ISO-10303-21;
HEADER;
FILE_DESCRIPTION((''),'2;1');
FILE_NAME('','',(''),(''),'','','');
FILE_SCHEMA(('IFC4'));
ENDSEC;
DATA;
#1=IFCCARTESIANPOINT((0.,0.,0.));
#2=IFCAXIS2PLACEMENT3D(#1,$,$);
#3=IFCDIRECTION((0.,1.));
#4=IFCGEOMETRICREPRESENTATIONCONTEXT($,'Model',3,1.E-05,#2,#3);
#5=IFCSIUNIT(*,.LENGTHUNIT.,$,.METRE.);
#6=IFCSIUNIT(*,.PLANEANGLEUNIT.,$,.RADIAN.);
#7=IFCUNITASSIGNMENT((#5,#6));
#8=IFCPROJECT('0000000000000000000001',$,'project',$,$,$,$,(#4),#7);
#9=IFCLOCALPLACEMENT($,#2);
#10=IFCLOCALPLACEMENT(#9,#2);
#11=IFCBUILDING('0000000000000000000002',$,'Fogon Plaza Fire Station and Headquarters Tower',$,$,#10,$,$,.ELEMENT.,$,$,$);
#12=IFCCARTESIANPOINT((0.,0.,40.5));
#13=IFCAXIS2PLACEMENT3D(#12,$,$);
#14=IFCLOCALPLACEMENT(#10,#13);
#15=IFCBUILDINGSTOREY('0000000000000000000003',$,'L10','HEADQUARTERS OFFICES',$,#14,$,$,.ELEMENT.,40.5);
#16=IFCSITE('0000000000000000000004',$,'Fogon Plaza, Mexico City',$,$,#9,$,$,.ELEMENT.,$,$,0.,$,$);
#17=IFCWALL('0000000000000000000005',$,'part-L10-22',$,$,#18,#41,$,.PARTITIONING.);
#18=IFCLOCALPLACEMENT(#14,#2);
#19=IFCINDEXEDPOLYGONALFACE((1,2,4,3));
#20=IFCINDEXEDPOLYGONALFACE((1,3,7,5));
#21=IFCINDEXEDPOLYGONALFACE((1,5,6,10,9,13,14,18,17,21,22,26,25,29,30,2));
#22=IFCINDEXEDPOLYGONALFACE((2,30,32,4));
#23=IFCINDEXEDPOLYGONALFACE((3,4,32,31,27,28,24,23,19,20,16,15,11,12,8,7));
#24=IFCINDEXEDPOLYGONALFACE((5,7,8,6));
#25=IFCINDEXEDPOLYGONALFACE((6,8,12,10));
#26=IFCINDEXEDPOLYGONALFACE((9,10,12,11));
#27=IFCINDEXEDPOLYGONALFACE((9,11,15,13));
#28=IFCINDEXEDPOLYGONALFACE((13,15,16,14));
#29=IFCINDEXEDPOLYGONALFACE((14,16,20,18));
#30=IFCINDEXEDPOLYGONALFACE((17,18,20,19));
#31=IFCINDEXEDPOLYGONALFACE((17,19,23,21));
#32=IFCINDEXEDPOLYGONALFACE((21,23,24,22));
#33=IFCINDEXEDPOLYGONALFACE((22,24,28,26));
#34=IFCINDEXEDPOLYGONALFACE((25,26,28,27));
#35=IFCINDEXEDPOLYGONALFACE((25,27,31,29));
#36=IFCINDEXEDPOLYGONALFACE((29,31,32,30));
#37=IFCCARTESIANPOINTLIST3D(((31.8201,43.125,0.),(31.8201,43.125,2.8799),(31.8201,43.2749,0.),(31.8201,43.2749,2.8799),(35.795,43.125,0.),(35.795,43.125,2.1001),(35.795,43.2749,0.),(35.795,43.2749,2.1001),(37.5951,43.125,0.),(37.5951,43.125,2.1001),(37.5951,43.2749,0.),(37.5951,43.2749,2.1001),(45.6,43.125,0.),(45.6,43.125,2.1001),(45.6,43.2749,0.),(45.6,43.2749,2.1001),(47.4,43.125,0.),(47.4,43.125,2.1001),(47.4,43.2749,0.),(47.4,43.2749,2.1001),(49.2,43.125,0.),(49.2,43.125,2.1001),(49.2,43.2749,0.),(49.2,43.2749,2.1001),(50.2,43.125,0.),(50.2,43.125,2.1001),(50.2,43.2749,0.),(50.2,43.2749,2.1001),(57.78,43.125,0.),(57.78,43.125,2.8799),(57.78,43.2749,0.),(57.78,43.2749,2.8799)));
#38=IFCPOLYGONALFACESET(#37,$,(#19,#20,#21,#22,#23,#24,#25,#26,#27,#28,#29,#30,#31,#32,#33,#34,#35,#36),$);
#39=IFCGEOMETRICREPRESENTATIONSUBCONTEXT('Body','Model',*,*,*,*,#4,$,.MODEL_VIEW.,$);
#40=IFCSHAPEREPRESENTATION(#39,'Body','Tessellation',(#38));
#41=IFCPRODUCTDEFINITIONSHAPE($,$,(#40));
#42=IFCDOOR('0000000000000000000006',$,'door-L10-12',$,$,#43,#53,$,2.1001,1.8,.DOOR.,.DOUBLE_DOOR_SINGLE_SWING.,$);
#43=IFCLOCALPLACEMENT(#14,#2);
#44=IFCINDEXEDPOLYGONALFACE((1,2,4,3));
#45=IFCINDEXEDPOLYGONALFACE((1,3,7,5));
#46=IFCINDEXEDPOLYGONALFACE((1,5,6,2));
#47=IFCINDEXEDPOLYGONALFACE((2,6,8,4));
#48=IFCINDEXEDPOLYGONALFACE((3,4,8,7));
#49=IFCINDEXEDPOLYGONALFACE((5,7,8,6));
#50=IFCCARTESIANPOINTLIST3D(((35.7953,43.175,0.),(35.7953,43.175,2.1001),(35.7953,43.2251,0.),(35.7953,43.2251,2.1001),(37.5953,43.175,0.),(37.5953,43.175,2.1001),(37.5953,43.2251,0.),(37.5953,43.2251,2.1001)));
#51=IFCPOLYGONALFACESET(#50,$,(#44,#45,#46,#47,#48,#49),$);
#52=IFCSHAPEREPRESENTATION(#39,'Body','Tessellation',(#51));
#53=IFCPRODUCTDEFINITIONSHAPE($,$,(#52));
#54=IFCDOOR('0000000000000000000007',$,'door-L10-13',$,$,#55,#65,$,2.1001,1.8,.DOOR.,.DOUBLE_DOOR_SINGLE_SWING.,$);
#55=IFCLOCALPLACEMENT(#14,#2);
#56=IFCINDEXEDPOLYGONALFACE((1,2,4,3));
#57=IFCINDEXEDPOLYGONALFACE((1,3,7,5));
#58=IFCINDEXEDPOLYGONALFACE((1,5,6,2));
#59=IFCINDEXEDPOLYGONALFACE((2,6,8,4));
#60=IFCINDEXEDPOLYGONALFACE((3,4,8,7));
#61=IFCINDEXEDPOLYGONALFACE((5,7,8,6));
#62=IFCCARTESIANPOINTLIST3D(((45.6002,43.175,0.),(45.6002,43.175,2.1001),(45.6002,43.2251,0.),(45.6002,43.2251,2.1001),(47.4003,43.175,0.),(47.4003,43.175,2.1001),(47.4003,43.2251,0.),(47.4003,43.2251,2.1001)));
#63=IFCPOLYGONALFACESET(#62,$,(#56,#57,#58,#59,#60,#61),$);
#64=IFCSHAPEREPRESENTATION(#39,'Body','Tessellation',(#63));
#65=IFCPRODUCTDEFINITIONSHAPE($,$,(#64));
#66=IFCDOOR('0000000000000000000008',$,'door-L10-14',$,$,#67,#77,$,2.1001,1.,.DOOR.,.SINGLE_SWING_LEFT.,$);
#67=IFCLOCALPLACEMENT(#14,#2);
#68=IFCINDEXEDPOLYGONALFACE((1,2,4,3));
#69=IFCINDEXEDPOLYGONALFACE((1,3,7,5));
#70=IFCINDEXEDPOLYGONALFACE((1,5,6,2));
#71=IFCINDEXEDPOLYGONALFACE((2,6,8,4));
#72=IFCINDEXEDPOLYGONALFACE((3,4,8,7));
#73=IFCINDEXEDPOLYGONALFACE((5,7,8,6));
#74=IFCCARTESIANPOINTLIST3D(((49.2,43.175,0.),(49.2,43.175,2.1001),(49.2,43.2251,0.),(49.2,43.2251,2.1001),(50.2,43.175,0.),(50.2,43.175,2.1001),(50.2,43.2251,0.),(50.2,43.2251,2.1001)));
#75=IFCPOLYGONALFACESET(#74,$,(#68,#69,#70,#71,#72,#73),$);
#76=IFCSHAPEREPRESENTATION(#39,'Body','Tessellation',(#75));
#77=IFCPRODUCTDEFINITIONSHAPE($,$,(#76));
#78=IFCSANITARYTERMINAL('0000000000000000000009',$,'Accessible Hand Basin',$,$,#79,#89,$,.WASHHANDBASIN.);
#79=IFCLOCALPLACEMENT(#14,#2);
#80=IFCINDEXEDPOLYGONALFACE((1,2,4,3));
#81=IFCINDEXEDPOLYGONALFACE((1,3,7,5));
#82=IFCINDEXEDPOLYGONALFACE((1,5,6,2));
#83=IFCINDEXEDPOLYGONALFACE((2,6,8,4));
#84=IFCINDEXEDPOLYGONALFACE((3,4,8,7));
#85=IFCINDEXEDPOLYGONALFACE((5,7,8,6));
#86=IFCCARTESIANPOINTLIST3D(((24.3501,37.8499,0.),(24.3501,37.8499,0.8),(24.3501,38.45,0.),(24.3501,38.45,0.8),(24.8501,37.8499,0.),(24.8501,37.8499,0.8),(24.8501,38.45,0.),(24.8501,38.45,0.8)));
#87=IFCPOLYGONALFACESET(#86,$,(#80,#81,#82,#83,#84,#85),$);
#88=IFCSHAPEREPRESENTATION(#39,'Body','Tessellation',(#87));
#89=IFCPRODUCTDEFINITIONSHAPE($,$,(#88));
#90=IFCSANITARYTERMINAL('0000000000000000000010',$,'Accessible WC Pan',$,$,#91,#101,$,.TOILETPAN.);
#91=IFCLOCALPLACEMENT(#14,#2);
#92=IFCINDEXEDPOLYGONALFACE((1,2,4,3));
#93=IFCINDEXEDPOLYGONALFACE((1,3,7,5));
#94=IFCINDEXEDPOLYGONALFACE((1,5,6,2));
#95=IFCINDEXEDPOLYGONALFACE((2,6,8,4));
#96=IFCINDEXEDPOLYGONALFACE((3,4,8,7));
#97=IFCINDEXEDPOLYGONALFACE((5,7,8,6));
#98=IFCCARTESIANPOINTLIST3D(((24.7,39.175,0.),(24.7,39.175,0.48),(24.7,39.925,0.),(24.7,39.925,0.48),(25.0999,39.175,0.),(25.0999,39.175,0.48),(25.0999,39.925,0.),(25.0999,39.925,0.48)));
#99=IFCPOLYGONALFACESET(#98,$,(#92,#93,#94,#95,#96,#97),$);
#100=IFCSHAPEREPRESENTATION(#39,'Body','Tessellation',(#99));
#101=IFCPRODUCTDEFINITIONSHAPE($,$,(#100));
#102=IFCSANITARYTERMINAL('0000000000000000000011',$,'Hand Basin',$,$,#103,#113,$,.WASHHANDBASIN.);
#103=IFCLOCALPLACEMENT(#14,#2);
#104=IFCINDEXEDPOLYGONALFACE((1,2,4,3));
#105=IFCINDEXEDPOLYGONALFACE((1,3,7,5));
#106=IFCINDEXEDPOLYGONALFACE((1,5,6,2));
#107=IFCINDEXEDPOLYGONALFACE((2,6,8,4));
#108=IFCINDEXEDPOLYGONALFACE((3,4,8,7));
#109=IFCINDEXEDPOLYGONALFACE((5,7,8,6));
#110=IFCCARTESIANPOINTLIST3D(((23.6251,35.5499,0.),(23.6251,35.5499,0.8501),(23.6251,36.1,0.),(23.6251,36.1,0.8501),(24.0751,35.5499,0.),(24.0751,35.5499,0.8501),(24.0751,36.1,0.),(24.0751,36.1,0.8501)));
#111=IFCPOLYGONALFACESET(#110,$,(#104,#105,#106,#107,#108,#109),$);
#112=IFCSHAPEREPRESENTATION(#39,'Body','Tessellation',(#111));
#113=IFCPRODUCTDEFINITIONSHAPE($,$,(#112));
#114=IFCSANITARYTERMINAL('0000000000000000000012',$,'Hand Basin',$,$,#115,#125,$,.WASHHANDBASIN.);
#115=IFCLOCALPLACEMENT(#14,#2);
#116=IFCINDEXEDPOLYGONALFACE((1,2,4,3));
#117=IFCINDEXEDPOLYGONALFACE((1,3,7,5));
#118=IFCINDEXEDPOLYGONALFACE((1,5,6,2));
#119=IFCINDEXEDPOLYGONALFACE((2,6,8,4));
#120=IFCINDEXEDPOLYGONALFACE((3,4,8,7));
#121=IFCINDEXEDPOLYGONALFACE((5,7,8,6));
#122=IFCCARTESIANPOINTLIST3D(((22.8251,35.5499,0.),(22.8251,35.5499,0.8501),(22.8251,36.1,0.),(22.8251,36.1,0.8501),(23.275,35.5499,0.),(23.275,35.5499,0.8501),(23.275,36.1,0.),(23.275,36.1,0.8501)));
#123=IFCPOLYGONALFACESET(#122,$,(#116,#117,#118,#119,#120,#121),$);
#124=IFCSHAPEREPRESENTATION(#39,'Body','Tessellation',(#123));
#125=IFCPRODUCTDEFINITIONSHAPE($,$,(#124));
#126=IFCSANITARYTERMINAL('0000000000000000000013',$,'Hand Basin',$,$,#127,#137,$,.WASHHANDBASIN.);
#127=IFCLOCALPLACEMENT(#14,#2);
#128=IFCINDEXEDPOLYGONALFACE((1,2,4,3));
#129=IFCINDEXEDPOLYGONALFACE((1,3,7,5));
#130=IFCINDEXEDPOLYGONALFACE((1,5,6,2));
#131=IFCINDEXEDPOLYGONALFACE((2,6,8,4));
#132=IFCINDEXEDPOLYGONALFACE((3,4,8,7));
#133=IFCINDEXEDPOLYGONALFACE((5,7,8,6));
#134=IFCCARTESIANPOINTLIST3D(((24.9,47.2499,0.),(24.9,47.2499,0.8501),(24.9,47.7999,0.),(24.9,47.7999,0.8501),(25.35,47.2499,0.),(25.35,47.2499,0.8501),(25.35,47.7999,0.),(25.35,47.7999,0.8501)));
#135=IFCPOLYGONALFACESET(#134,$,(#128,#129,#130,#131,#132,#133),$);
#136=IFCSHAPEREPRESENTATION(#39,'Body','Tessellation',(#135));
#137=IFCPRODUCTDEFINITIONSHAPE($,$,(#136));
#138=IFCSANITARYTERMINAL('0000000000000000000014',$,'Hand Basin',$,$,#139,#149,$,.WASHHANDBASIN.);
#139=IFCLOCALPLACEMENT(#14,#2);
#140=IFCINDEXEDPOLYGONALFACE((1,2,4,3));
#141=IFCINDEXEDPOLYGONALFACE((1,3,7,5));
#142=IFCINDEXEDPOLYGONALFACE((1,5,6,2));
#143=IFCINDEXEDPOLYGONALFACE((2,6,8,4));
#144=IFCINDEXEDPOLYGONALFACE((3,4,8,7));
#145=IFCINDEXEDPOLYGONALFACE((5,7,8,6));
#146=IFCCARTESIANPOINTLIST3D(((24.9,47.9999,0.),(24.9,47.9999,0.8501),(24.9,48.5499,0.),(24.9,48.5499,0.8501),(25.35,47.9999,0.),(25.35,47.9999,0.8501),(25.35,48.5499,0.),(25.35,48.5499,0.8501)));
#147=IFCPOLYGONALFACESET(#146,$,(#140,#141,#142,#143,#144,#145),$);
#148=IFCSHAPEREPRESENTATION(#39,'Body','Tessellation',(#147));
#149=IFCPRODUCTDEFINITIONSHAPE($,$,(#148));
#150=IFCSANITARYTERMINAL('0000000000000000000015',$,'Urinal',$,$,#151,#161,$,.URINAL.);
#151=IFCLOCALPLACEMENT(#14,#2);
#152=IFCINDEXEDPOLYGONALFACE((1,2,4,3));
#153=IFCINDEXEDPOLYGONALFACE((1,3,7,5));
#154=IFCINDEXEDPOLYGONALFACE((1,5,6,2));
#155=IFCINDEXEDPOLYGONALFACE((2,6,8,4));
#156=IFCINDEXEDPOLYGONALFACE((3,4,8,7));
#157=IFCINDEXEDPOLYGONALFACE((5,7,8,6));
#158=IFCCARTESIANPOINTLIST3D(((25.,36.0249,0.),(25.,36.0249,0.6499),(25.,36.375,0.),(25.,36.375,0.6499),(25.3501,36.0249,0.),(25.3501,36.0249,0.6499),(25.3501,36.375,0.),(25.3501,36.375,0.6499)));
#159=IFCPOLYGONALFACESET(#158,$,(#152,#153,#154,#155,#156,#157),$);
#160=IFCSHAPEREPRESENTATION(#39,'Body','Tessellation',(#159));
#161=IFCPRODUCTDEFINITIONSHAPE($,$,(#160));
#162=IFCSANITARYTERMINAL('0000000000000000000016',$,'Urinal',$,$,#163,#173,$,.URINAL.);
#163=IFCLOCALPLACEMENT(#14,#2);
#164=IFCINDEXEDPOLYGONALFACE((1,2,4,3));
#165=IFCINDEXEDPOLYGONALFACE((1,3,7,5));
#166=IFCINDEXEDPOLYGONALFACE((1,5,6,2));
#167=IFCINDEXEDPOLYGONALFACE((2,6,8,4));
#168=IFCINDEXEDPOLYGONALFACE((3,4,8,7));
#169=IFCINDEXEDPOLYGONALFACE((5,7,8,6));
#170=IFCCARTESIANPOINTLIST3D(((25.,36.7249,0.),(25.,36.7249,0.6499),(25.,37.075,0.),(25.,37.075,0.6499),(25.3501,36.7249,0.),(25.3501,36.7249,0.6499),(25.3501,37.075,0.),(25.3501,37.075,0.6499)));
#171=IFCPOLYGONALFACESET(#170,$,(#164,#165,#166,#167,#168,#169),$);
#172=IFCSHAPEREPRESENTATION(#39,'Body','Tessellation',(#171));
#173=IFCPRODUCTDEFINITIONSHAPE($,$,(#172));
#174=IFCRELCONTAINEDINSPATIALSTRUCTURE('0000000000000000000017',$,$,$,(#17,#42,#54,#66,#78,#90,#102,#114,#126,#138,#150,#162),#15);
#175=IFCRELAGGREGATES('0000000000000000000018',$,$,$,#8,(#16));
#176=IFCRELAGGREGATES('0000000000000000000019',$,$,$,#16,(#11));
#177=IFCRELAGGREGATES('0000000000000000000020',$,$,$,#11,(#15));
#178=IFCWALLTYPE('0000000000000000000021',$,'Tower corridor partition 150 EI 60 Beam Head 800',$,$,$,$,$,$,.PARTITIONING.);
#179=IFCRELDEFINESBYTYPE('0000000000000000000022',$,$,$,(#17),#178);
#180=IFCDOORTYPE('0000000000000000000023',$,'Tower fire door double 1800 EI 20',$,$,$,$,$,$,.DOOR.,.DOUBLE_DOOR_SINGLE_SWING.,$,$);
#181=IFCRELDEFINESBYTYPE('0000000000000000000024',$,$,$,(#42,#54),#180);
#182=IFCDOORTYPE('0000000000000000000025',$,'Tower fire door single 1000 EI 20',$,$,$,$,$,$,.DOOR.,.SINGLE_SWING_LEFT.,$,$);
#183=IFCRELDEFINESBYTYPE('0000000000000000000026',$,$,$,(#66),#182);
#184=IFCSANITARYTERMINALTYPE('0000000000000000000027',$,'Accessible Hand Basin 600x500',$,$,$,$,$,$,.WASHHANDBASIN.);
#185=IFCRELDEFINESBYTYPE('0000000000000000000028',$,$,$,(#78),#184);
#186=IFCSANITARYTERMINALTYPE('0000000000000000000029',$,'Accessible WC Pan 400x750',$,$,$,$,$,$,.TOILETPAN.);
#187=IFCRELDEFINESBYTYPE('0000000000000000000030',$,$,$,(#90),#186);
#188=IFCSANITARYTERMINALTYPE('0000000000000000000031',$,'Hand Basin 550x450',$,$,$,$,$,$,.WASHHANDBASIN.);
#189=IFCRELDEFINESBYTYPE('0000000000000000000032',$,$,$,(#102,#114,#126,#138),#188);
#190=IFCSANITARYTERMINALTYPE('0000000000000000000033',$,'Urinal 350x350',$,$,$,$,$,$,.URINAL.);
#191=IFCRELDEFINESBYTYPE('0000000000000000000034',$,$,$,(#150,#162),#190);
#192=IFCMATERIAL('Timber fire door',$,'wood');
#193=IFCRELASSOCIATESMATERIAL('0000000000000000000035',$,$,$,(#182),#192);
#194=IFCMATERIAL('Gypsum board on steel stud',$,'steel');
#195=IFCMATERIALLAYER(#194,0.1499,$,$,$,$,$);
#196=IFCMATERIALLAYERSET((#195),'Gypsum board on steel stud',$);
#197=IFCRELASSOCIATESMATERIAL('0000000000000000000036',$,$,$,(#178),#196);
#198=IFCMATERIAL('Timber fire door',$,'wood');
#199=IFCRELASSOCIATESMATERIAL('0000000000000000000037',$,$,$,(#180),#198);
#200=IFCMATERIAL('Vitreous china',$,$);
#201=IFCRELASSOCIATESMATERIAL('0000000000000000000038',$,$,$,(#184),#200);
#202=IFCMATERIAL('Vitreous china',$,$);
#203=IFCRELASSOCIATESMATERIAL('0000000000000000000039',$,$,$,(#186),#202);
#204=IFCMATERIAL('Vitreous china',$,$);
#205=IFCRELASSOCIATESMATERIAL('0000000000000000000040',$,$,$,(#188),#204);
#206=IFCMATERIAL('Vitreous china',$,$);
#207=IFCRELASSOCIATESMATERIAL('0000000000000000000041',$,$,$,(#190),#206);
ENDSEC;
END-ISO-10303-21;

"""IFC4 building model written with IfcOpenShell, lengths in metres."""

from ifc_helpers import new_model, si_unit, direction, frame, frame_2d, origin, origin_2d, place, context, subcontext, project, spatial, rectangle, extrude, material, layer, layer_set, type_object, element, fill, save


model = new_model("IFC4")

# Units and contexts
model_context = context("Model", 3, precision=1e-05, world=origin(), true_north=direction((0.0, 1.0)))
body_context = subcontext(model_context, "Body", "Model", "MODEL_VIEW")
ifc_project = project(units=[si_unit("LENGTHUNIT", "METRE"), si_unit("PLANEANGLEUNIT", "RADIAN")], contexts=[model_context])

# Site, building, storey
site_placement = place(None, origin())
site = spatial("IfcSite", under=ifc_project, at=site_placement, Name="Fogon Plaza, Mexico City", CompositionType="ELEMENT", RefElevation=0.0)
building_placement = place(site_placement, origin())
building = spatial("IfcBuilding", under=site, at=building_placement, Name="Fogon Plaza Fire Station and Headquarters Tower", CompositionType="ELEMENT")
storey_placement = place(building_placement, frame((0.0, 0.0, 40.5)))
storey = spatial("IfcBuildingStorey", under=building, at=storey_placement, Name="L10", Description="HEADQUARTERS OFFICES", CompositionType="ELEMENT", Elevation=40.5)

# Shared definitions
ifc_material_1 = material(Name="Timber fire door", Category="wood")
door_type_1 = type_object("IfcDoorType", Name="Tower fire door single 1000 EI 20", OperationType="SINGLE_SWING_LEFT", PredefinedType="DOOR", material=ifc_material_1)

# Wall, openings, doors
ifc_material_2 = material(Name="Gypsum board on steel stud", Category="steel")
ifc_layer_1 = layer(ifc_material_2, 0.1499)
ifc_layer_set_1 = layer_set([ifc_layer_1], Name="Gypsum board on steel stud")
wall_type_1 = type_object("IfcWallType", Name="Tower corridor partition 150 EI 60 Beam Head 800", PredefinedType="PARTITIONING", material=ifc_layer_set_1)
wall_1_placement = place(storey_placement, frame((31.8201, 43.2, 0.0), z_axis=(0.0, 0.0, 1.0), x_axis=(1.0, 0.0, 0.0)))
wall_1 = element("IfcWall", 1, at=wall_1_placement, inside=storey, type_object=wall_type_1, Name="part-L10-22", PredefinedType="PARTITIONING", context=body_context, shape_type="SweptSolid", body=[
    extrude(rectangle(XDim=25.96, YDim=0.1499, at=frame_2d((12.98, 0.0))), origin(), (0.0, 0.0, 1.0), 2.8799),
])
opening_1_placement = place(wall_1_placement, frame((3.9751, 0.0, 0.0)))
opening_1 = element("IfcOpeningElement", 2, at=opening_1_placement, cuts=wall_1, PredefinedType="OPENING", context=body_context, shape_type="SweptSolid", body=[
    extrude(rectangle(XDim=1.8, YDim=2.1001, at=frame_2d((0.8999, 1.05))), frame((0.0, 0.085, 0.0), z_axis=(0.0, -1.0, 0.0), x_axis=(1.0, 0.0, 0.0)), (0.0, 0.0, 1.0), 0.1699),
])
opening_2_placement = place(wall_1_placement, frame((13.78, 0.0, 0.0)))
opening_2 = element("IfcOpeningElement", 3, at=opening_2_placement, cuts=wall_1, PredefinedType="OPENING", context=body_context, shape_type="SweptSolid", body=[
    extrude(rectangle(XDim=1.8, YDim=2.1001, at=frame_2d((0.8999, 1.05))), frame((0.0, 0.085, 0.0), z_axis=(0.0, -1.0, 0.0), x_axis=(1.0, 0.0, 0.0)), (0.0, 0.0, 1.0), 0.1699),
])
opening_3_placement = place(wall_1_placement, frame((17.3799, 0.0, 0.0)))
opening_3 = element("IfcOpeningElement", 4, at=opening_3_placement, cuts=wall_1, PredefinedType="OPENING", context=body_context, shape_type="SweptSolid", body=[
    extrude(rectangle(XDim=1.0, YDim=2.1001, at=frame_2d((0.5, 1.05))), frame((0.0, 0.085, 0.0), z_axis=(0.0, -1.0, 0.0), x_axis=(1.0, 0.0, 0.0)), (0.0, 0.0, 1.0), 0.1699),
])
ifc_material_3 = material(Name="Timber fire door", Category="wood")
door_type_2 = type_object("IfcDoorType", Name="Tower fire door double 1800 EI 20", OperationType="DOUBLE_DOOR_SINGLE_SWING", PredefinedType="DOOR", material=ifc_material_3)
door_1_placement = place(opening_1_placement, frame((1.8, 0.0, 0.0), z_axis=(0.0, 0.0, 1.0), x_axis=(-1.0, 0.0, 0.0)))
door_1 = element("IfcDoor", 5, at=door_1_placement, inside=storey, type_object=door_type_2, Name="door-L10-12", OperationType="DOUBLE_DOOR_SINGLE_SWING", OverallHeight=2.1001, OverallWidth=1.8, PredefinedType="DOOR", context=body_context, shape_type="SweptSolid", body=[
    extrude(rectangle(XDim=1.8, YDim=2.1001, at=frame_2d((0.8999, 1.05))), frame((0.0, 0.0249, 0.0), z_axis=(0.0, -1.0, 0.0), x_axis=(1.0, 0.0, 0.0)), (0.0, 0.0, 1.0), 0.05),
])
fill(opening_1, door_1)
door_2_placement = place(opening_2_placement, frame((1.8, 0.0, 0.0), z_axis=(0.0, 0.0, 1.0), x_axis=(-1.0, 0.0, 0.0)))
door_2 = element("IfcDoor", 6, at=door_2_placement, inside=storey, type_object=door_type_2, Name="door-L10-13", OperationType="DOUBLE_DOOR_SINGLE_SWING", OverallHeight=2.1001, OverallWidth=1.8, PredefinedType="DOOR", context=body_context, shape_type="SweptSolid", body=[
    extrude(rectangle(XDim=1.8, YDim=2.1001, at=frame_2d((0.8999, 1.05))), frame((0.0, 0.0249, 0.0), z_axis=(0.0, -1.0, 0.0), x_axis=(1.0, 0.0, 0.0)), (0.0, 0.0, 1.0), 0.05),
])
fill(opening_2, door_2)
door_3_placement = place(opening_3_placement, frame((1.0, 0.0, 0.0), z_axis=(0.0, 0.0, 1.0), x_axis=(-1.0, 0.0, 0.0)))
door_3 = element("IfcDoor", 7, at=door_3_placement, inside=storey, type_object=door_type_1, Name="door-L10-14", OperationType="SINGLE_SWING_LEFT", OverallHeight=2.1001, OverallWidth=1.0, PredefinedType="DOOR", context=body_context, shape_type="SweptSolid", body=[
    extrude(rectangle(XDim=1.0, YDim=2.1001, at=frame_2d((0.5, 1.05))), frame((0.0, 0.0249, 0.0), z_axis=(0.0, -1.0, 0.0), x_axis=(1.0, 0.0, 0.0)), (0.0, 0.0, 1.0), 0.05),
])
fill(opening_3, door_3)

# Sanitary terminals
ifc_material_4 = material(Name="Vitreous china")
sanitary_terminal_type_1 = type_object("IfcSanitaryTerminalType", Name="Accessible Hand Basin 600x500", PredefinedType="WASHHANDBASIN", material=ifc_material_4)
sanitary_terminal_1_placement = place(storey_placement, frame((24.6001, 38.1499, 0.0), z_axis=(0.0, 0.0, 1.0), x_axis=(1.0, 0.0, 0.0)))
element("IfcSanitaryTerminal", 8, at=sanitary_terminal_1_placement, inside=storey, type_object=sanitary_terminal_type_1, Name="Accessible Hand Basin", PredefinedType="WASHHANDBASIN", context=body_context, shape_type="SweptSolid", body=[
    extrude(rectangle(XDim=0.5, YDim=0.6001, at=origin_2d()), origin(), (0.0, 0.0, 1.0), 0.8),
])
ifc_material_5 = material(Name="Vitreous china")
sanitary_terminal_type_2 = type_object("IfcSanitaryTerminalType", Name="Accessible WC Pan 400x750", PredefinedType="TOILETPAN", material=ifc_material_5)
sanitary_terminal_2_placement = place(storey_placement, frame((24.8999, 39.55, 0.0), z_axis=(0.0, 0.0, 1.0), x_axis=(1.0, 0.0, 0.0)))
element("IfcSanitaryTerminal", 9, at=sanitary_terminal_2_placement, inside=storey, type_object=sanitary_terminal_type_2, Name="Accessible WC Pan", PredefinedType="TOILETPAN", context=body_context, shape_type="SweptSolid", body=[
    extrude(rectangle(XDim=0.3999, YDim=0.75, at=origin_2d()), origin(), (0.0, 0.0, 1.0), 0.48),
])
ifc_material_6 = material(Name="Vitreous china")
sanitary_terminal_type_3 = type_object("IfcSanitaryTerminalType", Name="Hand Basin 550x450", PredefinedType="WASHHANDBASIN", material=ifc_material_6)
for number, where, z_axis, x_axis, name in (
    (10, (23.8501, 35.825, 0.0), (0.0, 0.0, 1.0), (1.0, 0.0, 0.0), "Hand Basin"),
    (11, (23.05, 35.825, 0.0), (0.0, 0.0, 1.0), (1.0, 0.0, 0.0), "Hand Basin"),
    (12, (25.125, 47.5249, 0.0), (0.0, 0.0, 1.0), (1.0, 0.0, 0.0), "Hand Basin"),
    (13, (25.125, 48.2749, 0.0), (0.0, 0.0, 1.0), (1.0, 0.0, 0.0), "Hand Basin"),
):
    element("IfcSanitaryTerminal", number, at=place(storey_placement, frame(where, z_axis=z_axis, x_axis=x_axis)), inside=storey, type_object=sanitary_terminal_type_3, Name=name, PredefinedType="WASHHANDBASIN", context=body_context, shape_type="SweptSolid", body=[
        extrude(rectangle(XDim=0.45, YDim=0.55, at=origin_2d()), origin(), (0.0, 0.0, 1.0), 0.8501),
    ])
ifc_material_7 = material(Name="Vitreous china")
sanitary_terminal_type_4 = type_object("IfcSanitaryTerminalType", Name="Urinal 350x350", PredefinedType="URINAL", material=ifc_material_7)
for number, where, z_axis, x_axis, name in (
    (14, (25.175, 36.2, 0.0), (0.0, 0.0, 1.0), (1.0, 0.0, 0.0), "Urinal"),
    (15, (25.175, 36.8999, 0.0), (0.0, 0.0, 1.0), (1.0, 0.0, 0.0), "Urinal"),
):
    element("IfcSanitaryTerminal", number, at=place(storey_placement, frame(where, z_axis=z_axis, x_axis=x_axis)), inside=storey, type_object=sanitary_terminal_type_4, Name=name, PredefinedType="URINAL", context=body_context, shape_type="SweptSolid", body=[
        extrude(rectangle(XDim=0.3501, YDim=0.3501, at=origin_2d()), origin(), (0.0, 0.0, 1.0), 0.6499),
    ])

save(model, "model.ifc")
